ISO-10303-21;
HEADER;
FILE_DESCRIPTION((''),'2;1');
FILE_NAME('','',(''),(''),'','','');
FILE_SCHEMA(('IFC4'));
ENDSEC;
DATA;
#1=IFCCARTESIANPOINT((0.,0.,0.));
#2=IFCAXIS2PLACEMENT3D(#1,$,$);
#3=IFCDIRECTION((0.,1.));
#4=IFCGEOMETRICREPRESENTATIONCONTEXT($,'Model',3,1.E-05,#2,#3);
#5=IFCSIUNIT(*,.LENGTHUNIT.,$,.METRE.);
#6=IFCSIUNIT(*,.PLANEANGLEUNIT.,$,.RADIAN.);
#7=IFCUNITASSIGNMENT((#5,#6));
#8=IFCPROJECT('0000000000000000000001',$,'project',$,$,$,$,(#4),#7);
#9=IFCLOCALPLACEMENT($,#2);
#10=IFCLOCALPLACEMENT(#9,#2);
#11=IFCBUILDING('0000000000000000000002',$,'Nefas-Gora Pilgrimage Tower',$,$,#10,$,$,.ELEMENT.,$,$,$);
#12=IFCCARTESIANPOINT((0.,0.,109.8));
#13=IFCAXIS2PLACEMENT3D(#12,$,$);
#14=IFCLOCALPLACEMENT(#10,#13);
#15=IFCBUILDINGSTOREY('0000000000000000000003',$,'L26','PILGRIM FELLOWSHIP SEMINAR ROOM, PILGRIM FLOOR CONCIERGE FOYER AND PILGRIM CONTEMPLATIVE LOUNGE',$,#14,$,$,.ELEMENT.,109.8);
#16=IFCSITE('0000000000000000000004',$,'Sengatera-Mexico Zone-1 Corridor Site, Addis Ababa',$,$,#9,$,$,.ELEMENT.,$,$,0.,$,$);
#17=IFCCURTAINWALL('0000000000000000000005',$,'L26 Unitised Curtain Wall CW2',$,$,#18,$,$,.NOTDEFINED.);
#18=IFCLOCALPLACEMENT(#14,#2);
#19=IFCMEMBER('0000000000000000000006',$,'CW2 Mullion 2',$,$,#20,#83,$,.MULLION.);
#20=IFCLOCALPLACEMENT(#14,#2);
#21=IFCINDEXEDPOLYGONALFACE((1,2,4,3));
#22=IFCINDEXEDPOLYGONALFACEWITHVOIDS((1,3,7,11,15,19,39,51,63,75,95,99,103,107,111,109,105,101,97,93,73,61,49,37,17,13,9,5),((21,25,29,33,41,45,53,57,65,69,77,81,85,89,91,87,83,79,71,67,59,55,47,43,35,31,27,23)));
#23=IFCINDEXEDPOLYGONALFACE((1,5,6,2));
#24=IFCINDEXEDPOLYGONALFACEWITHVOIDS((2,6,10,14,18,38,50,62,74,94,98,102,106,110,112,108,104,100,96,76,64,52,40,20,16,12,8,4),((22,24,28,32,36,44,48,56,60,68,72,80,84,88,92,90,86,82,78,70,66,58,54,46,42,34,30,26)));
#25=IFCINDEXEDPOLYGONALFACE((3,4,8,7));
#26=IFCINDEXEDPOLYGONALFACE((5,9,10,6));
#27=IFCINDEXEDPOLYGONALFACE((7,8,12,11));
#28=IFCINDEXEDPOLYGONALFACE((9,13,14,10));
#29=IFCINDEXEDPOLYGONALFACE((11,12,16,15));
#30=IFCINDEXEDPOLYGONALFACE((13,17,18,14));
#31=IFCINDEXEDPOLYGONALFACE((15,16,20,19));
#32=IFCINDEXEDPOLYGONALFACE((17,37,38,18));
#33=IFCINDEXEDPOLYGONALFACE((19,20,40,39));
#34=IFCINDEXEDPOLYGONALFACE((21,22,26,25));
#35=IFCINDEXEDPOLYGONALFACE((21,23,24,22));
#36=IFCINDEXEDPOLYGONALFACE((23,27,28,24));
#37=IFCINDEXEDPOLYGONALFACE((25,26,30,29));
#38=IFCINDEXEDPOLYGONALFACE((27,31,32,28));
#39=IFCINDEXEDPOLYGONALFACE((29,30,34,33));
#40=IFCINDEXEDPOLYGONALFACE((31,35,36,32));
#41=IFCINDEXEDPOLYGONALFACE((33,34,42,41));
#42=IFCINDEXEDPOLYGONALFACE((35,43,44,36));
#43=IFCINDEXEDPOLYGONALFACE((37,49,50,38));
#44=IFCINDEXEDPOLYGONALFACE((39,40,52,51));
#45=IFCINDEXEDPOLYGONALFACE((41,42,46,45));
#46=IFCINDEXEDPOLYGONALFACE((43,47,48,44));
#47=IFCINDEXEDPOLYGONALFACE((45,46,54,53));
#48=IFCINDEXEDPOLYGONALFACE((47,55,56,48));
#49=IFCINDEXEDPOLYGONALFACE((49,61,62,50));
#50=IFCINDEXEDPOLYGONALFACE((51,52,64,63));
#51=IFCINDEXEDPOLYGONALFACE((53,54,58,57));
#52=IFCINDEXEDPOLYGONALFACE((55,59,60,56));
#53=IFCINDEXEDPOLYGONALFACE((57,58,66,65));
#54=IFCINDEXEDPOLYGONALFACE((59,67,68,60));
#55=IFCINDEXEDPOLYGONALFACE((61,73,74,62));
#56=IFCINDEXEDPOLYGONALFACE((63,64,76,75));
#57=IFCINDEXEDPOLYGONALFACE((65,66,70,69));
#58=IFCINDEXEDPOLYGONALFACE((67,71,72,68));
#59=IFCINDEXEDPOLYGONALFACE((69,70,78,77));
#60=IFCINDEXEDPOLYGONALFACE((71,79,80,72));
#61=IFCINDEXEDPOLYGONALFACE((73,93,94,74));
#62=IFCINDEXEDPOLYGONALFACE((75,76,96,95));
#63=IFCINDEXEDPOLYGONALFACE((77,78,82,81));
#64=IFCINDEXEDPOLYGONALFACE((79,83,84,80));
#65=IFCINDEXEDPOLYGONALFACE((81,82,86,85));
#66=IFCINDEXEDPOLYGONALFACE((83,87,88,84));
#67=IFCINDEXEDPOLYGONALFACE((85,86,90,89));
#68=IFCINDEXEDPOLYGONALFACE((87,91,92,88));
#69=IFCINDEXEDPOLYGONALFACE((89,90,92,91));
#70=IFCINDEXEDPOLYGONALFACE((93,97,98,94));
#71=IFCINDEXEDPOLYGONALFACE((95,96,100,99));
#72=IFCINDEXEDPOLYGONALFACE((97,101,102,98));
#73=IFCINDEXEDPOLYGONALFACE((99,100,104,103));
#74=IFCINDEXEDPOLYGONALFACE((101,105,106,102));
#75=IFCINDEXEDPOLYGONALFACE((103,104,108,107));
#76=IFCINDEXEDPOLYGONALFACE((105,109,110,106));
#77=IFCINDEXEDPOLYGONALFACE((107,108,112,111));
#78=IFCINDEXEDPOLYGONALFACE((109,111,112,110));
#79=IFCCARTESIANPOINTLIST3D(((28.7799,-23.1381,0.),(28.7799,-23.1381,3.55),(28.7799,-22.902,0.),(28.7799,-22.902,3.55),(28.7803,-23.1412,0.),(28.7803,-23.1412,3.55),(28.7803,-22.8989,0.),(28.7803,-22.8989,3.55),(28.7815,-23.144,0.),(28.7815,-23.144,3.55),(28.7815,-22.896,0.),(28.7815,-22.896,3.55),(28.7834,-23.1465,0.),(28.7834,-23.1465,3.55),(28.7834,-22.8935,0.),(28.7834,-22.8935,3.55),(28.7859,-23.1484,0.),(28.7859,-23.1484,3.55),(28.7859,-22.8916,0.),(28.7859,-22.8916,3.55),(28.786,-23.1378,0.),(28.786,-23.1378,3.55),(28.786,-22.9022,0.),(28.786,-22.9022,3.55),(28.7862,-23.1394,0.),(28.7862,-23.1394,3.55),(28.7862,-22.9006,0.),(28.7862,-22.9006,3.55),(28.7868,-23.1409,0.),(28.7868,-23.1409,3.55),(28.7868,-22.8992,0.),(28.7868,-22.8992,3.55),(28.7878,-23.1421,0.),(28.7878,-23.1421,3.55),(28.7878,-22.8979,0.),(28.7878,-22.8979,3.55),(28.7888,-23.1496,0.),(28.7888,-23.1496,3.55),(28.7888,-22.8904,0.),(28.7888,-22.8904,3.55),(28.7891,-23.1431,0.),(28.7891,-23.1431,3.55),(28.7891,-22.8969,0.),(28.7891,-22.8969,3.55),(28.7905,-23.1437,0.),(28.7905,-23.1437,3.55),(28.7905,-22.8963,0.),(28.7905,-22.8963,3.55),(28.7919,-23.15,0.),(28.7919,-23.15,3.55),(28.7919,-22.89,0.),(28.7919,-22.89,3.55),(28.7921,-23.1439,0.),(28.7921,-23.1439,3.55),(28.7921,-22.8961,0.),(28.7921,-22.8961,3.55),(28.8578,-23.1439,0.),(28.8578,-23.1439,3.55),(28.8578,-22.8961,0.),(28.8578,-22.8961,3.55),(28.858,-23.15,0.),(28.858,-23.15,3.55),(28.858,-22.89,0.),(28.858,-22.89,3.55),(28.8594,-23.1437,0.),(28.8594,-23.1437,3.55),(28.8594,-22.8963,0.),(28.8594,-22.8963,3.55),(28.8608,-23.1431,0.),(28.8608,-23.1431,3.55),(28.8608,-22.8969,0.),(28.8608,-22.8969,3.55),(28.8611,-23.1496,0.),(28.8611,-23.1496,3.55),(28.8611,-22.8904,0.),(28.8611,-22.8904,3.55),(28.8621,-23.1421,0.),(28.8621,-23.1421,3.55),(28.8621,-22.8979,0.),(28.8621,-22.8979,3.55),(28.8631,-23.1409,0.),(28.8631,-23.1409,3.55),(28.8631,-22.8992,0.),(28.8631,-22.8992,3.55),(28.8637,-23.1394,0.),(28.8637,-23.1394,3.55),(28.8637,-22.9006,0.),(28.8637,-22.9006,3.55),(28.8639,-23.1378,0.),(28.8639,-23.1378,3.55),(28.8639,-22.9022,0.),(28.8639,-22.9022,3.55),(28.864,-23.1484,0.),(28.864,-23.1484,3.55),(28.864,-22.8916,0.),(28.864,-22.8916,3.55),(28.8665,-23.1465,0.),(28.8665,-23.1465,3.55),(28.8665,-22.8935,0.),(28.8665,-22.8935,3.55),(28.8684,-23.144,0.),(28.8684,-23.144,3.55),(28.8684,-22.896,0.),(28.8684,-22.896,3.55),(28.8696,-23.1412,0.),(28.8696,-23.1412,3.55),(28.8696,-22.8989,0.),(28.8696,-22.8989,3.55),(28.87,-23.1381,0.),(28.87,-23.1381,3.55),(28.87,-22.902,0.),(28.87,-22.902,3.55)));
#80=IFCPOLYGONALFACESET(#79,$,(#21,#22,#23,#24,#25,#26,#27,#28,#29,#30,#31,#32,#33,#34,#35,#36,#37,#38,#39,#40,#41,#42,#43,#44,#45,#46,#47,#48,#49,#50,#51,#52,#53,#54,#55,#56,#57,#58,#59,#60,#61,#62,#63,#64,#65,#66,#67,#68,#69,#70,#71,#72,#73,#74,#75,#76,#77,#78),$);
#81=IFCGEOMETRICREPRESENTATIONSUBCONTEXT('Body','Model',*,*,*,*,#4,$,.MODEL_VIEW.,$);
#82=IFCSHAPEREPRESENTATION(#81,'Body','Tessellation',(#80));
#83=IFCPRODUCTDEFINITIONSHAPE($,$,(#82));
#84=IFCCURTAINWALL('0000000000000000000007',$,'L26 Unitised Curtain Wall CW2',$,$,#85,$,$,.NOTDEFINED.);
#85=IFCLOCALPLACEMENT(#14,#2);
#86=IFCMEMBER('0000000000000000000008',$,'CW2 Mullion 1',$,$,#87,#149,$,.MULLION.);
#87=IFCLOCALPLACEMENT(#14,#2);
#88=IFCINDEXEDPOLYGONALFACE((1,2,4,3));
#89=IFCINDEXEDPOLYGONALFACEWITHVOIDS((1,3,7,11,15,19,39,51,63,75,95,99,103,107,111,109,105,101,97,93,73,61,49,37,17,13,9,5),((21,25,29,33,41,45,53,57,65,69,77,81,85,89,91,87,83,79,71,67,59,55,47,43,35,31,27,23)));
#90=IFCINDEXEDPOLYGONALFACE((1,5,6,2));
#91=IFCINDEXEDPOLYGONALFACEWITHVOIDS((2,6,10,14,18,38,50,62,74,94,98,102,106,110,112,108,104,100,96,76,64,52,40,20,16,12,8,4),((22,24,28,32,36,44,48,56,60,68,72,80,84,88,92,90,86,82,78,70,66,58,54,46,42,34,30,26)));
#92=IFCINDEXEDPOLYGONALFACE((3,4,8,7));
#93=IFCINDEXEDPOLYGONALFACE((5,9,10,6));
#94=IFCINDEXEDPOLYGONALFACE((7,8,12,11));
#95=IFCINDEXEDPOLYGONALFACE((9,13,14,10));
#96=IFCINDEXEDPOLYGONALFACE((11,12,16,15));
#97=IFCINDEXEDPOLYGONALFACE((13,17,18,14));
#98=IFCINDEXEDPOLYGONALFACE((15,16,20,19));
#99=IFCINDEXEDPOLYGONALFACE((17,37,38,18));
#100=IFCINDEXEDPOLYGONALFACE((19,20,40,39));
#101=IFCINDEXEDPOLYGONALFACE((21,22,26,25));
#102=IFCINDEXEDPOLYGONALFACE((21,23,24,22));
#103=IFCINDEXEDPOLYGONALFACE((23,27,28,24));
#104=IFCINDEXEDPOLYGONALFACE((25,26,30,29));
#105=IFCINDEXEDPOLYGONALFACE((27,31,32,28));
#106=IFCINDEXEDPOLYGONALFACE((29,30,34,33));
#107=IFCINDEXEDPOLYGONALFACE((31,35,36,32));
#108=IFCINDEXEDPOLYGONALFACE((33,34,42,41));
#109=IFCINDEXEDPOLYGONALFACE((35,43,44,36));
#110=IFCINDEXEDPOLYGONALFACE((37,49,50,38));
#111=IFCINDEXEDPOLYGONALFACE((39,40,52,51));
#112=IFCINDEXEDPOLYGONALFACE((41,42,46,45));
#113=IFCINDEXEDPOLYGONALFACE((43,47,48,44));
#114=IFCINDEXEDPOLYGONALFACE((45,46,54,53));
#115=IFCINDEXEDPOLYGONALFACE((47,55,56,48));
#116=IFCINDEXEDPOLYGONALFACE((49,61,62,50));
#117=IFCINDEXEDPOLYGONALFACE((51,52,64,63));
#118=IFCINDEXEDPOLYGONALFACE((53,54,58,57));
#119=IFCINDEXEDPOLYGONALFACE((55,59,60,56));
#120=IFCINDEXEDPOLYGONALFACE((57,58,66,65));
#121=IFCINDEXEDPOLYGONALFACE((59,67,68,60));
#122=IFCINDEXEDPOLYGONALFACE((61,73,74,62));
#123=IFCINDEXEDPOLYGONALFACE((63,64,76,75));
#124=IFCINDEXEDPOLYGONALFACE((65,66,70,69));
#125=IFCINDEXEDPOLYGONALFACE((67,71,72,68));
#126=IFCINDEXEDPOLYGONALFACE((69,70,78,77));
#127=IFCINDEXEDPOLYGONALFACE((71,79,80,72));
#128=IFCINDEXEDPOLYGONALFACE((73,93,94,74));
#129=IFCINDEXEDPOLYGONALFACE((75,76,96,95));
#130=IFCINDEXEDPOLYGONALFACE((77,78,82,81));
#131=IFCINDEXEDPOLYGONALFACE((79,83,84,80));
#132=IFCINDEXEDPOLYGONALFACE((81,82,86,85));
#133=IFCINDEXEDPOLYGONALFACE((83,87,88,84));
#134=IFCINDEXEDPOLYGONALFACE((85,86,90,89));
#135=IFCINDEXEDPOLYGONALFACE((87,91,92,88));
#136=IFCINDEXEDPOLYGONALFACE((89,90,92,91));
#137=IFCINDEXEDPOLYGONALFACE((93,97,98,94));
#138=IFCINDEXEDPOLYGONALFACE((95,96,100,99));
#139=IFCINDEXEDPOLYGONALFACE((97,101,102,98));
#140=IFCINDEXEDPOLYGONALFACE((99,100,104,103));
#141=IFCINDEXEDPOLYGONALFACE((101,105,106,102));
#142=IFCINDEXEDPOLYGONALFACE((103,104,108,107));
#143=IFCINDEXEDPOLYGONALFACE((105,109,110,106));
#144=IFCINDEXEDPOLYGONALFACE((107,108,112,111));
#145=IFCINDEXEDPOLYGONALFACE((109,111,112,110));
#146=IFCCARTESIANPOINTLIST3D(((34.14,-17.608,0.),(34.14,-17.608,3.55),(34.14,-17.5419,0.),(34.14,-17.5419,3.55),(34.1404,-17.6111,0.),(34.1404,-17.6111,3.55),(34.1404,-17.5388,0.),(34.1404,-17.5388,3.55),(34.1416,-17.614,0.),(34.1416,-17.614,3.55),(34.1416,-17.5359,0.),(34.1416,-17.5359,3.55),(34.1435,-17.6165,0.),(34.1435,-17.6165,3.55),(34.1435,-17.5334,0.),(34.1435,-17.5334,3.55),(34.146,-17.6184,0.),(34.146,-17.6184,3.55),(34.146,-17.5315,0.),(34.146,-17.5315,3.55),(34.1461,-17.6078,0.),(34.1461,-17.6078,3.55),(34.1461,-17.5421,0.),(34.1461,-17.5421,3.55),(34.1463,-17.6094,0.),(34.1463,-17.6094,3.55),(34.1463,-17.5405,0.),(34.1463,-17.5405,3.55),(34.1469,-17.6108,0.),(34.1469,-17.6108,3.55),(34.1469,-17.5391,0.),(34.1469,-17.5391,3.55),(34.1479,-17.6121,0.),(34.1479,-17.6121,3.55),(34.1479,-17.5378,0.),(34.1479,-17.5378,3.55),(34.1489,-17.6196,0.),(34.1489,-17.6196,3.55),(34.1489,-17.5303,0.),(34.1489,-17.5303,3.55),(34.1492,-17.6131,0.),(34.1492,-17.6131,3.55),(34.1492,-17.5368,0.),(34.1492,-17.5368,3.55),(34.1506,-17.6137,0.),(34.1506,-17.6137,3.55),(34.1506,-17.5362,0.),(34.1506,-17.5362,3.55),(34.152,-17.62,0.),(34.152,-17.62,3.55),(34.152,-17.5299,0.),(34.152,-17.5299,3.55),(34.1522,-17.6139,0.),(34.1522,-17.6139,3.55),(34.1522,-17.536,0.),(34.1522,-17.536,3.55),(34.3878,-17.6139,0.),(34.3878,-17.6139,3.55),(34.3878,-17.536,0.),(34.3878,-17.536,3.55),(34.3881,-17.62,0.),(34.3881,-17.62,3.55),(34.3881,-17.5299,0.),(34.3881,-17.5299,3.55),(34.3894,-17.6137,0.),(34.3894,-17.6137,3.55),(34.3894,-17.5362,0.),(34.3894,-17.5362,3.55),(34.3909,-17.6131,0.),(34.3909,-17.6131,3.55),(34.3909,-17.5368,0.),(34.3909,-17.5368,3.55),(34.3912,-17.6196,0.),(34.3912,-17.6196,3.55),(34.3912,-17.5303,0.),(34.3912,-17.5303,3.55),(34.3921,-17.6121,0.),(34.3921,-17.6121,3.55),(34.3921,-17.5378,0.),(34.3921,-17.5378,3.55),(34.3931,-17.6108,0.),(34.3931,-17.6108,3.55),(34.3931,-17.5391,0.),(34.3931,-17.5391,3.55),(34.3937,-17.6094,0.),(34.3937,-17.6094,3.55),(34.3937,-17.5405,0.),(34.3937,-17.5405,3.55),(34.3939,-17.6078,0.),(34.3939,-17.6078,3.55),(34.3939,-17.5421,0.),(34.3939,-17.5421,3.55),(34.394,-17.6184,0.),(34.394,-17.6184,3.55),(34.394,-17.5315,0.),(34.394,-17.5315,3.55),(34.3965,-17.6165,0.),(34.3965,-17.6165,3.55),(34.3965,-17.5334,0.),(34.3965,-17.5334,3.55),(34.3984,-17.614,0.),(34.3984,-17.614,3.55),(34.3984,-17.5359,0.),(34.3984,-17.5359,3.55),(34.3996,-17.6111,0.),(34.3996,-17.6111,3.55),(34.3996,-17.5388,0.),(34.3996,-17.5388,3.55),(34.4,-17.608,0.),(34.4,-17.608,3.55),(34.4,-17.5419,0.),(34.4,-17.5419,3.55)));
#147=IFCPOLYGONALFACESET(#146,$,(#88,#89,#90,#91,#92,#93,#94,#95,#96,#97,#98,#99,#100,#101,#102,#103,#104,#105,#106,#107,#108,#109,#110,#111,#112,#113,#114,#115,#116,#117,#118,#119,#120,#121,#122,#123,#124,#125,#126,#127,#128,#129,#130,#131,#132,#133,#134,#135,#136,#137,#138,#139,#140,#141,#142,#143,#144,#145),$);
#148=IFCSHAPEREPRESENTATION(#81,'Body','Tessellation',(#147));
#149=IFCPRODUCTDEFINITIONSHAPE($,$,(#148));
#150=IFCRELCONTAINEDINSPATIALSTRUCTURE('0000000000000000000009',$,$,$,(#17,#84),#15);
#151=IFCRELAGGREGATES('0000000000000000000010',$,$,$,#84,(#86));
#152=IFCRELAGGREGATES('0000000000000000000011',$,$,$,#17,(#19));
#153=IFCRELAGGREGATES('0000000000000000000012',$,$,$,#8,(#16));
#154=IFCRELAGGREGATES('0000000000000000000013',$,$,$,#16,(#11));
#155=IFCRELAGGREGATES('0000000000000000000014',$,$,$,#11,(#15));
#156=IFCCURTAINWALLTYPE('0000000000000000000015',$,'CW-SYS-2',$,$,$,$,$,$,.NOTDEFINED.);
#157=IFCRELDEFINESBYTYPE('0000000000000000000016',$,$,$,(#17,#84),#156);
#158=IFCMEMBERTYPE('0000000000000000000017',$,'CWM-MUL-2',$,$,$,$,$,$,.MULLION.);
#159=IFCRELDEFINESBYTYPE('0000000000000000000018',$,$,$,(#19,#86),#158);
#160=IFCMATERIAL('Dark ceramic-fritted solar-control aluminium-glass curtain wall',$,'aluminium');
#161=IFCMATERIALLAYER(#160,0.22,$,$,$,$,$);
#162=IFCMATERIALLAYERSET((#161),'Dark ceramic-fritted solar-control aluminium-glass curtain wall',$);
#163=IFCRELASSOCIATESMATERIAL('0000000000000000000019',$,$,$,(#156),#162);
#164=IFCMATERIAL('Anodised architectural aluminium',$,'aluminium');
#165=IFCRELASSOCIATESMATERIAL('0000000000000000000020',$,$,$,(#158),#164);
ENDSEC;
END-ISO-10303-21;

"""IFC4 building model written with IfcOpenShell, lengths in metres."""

from ifc_helpers import new_model, si_unit, direction, frame, origin, origin_2d, place, context, subcontext, project, spatial, hollow_rectangle, extrude, source, transform, mapped, material, layer, layer_set, material_profile, profile_set, type_object, element, aggregate, save


model = new_model("IFC4")

# Units and contexts
model_context = context("Model", 3, precision=1e-05, world=origin(), true_north=direction((0.0, 1.0)))
body_context = subcontext(model_context, "Body", "Model", "MODEL_VIEW")
ifc_project = project(units=[si_unit("LENGTHUNIT", "METRE"), si_unit("PLANEANGLEUNIT", "RADIAN")], contexts=[model_context])

# Site, building, storey
site_placement = place(None, origin())
site = spatial("IfcSite", under=ifc_project, at=site_placement, Name="Sengatera-Mexico Zone-1 Corridor Site, Addis Ababa", CompositionType="ELEMENT", RefElevation=0.0)
building_placement = place(site_placement, origin())
building = spatial("IfcBuilding", under=site, at=building_placement, Name="Nefas-Gora Pilgrimage Tower", CompositionType="ELEMENT")
storey_placement = place(building_placement, frame((0.0, 0.0, 109.8)))
storey = spatial("IfcBuildingStorey", under=building, at=storey_placement, Name="L26", Description="PILGRIM FELLOWSHIP SEMINAR ROOM, PILGRIM FLOOR CONCIERGE FOYER AND PILGRIM CONTEMPLATIVE LOUNGE", CompositionType="ELEMENT", Elevation=109.8)

# Curtain wall, member
ifc_material_1 = material(Name="Dark ceramic-fritted solar-control aluminium-glass curtain wall", Category="aluminium")
ifc_layer_1 = layer(ifc_material_1, 0.22)
ifc_layer_set_1 = layer_set([ifc_layer_1], Name="Dark ceramic-fritted solar-control aluminium-glass curtain wall")
curtain_wall_type = type_object("IfcCurtainWallType", Name="CW-SYS-2", PredefinedType="NOTDEFINED", material=ifc_layer_set_1)
curtain_wall_1_placement = place(storey_placement, origin())
curtain_wall_1 = element("IfcCurtainWall", 1, at=curtain_wall_1_placement, inside=storey, type_object=curtain_wall_type, Name="L26 Unitised Curtain Wall CW2", PredefinedType="NOTDEFINED")
ifc_material_2 = material(Name="Anodised architectural aluminium", Category="aluminium")
ifc_material_profile_1 = material_profile(ifc_material_2, hollow_rectangle(XDim=0.0901, YDim=0.26, WallThickness=0.0061, InnerFilletRadius=0.0061, OuterFilletRadius=0.012, at=origin_2d()), Name="ALU MULLION 90x260")
ifc_profile_set_1 = profile_set([ifc_material_profile_1], Name="Anodised architectural aluminium")
member_type_1 = type_object("IfcMemberType", Name="CWM-MUL-2", PredefinedType="MULLION", material=ifc_profile_set_1)
shared_shape_1 = source(origin(), body_context, "Body", "SweptSolid", [
    extrude(hollow_rectangle(XDim=0.0901, YDim=0.26, WallThickness=0.0061, InnerFilletRadius=0.0061, OuterFilletRadius=0.012, at=origin_2d()), origin(), (0.0, 0.0, 1.0), 3.55),
])
member_1_placement = place(storey_placement, frame((28.825, -23.02, 0.0), z_axis=(0.0, 0.0, 1.0), x_axis=(1.0, 0.0, 0.0)))
member_1 = element("IfcMember", 2, at=member_1_placement, type_object=member_type_1, Name="CW2 Mullion 2", PredefinedType="MULLION", context=body_context, shape_type="MappedRepresentation", body=[
    mapped(shared_shape_1, transform((0.0, 0.0, 0.0), x_axis=(1.0, 0.0, 0.0), y_axis=(0.0, 1.0, 0.0), z_axis=(0.0, 0.0, 1.0), scale=1.0)),
])

# Curtain wall, member
curtain_wall_2_placement = place(storey_placement, origin())
curtain_wall_2 = element("IfcCurtainWall", 3, at=curtain_wall_2_placement, inside=storey, type_object=curtain_wall_type, Name="L26 Unitised Curtain Wall CW2", PredefinedType="NOTDEFINED")
member_2_placement = place(storey_placement, frame((34.27, -17.575, 0.0), z_axis=(0.0, 0.0, 1.0), x_axis=(0.0, 1.0, 0.0)))
member_2 = element("IfcMember", 4, at=member_2_placement, type_object=member_type_1, Name="CW2 Mullion 1", PredefinedType="MULLION", context=body_context, shape_type="MappedRepresentation", body=[
    mapped(shared_shape_1, transform((0.0, 0.0, 0.0), x_axis=(1.0, 0.0, 0.0), y_axis=(0.0, 1.0, 0.0), z_axis=(0.0, 0.0, 1.0), scale=1.0)),
])
aggregate(curtain_wall_2, [member_2])

aggregate(curtain_wall_1, [member_1])

save(model, "model.ifc")
